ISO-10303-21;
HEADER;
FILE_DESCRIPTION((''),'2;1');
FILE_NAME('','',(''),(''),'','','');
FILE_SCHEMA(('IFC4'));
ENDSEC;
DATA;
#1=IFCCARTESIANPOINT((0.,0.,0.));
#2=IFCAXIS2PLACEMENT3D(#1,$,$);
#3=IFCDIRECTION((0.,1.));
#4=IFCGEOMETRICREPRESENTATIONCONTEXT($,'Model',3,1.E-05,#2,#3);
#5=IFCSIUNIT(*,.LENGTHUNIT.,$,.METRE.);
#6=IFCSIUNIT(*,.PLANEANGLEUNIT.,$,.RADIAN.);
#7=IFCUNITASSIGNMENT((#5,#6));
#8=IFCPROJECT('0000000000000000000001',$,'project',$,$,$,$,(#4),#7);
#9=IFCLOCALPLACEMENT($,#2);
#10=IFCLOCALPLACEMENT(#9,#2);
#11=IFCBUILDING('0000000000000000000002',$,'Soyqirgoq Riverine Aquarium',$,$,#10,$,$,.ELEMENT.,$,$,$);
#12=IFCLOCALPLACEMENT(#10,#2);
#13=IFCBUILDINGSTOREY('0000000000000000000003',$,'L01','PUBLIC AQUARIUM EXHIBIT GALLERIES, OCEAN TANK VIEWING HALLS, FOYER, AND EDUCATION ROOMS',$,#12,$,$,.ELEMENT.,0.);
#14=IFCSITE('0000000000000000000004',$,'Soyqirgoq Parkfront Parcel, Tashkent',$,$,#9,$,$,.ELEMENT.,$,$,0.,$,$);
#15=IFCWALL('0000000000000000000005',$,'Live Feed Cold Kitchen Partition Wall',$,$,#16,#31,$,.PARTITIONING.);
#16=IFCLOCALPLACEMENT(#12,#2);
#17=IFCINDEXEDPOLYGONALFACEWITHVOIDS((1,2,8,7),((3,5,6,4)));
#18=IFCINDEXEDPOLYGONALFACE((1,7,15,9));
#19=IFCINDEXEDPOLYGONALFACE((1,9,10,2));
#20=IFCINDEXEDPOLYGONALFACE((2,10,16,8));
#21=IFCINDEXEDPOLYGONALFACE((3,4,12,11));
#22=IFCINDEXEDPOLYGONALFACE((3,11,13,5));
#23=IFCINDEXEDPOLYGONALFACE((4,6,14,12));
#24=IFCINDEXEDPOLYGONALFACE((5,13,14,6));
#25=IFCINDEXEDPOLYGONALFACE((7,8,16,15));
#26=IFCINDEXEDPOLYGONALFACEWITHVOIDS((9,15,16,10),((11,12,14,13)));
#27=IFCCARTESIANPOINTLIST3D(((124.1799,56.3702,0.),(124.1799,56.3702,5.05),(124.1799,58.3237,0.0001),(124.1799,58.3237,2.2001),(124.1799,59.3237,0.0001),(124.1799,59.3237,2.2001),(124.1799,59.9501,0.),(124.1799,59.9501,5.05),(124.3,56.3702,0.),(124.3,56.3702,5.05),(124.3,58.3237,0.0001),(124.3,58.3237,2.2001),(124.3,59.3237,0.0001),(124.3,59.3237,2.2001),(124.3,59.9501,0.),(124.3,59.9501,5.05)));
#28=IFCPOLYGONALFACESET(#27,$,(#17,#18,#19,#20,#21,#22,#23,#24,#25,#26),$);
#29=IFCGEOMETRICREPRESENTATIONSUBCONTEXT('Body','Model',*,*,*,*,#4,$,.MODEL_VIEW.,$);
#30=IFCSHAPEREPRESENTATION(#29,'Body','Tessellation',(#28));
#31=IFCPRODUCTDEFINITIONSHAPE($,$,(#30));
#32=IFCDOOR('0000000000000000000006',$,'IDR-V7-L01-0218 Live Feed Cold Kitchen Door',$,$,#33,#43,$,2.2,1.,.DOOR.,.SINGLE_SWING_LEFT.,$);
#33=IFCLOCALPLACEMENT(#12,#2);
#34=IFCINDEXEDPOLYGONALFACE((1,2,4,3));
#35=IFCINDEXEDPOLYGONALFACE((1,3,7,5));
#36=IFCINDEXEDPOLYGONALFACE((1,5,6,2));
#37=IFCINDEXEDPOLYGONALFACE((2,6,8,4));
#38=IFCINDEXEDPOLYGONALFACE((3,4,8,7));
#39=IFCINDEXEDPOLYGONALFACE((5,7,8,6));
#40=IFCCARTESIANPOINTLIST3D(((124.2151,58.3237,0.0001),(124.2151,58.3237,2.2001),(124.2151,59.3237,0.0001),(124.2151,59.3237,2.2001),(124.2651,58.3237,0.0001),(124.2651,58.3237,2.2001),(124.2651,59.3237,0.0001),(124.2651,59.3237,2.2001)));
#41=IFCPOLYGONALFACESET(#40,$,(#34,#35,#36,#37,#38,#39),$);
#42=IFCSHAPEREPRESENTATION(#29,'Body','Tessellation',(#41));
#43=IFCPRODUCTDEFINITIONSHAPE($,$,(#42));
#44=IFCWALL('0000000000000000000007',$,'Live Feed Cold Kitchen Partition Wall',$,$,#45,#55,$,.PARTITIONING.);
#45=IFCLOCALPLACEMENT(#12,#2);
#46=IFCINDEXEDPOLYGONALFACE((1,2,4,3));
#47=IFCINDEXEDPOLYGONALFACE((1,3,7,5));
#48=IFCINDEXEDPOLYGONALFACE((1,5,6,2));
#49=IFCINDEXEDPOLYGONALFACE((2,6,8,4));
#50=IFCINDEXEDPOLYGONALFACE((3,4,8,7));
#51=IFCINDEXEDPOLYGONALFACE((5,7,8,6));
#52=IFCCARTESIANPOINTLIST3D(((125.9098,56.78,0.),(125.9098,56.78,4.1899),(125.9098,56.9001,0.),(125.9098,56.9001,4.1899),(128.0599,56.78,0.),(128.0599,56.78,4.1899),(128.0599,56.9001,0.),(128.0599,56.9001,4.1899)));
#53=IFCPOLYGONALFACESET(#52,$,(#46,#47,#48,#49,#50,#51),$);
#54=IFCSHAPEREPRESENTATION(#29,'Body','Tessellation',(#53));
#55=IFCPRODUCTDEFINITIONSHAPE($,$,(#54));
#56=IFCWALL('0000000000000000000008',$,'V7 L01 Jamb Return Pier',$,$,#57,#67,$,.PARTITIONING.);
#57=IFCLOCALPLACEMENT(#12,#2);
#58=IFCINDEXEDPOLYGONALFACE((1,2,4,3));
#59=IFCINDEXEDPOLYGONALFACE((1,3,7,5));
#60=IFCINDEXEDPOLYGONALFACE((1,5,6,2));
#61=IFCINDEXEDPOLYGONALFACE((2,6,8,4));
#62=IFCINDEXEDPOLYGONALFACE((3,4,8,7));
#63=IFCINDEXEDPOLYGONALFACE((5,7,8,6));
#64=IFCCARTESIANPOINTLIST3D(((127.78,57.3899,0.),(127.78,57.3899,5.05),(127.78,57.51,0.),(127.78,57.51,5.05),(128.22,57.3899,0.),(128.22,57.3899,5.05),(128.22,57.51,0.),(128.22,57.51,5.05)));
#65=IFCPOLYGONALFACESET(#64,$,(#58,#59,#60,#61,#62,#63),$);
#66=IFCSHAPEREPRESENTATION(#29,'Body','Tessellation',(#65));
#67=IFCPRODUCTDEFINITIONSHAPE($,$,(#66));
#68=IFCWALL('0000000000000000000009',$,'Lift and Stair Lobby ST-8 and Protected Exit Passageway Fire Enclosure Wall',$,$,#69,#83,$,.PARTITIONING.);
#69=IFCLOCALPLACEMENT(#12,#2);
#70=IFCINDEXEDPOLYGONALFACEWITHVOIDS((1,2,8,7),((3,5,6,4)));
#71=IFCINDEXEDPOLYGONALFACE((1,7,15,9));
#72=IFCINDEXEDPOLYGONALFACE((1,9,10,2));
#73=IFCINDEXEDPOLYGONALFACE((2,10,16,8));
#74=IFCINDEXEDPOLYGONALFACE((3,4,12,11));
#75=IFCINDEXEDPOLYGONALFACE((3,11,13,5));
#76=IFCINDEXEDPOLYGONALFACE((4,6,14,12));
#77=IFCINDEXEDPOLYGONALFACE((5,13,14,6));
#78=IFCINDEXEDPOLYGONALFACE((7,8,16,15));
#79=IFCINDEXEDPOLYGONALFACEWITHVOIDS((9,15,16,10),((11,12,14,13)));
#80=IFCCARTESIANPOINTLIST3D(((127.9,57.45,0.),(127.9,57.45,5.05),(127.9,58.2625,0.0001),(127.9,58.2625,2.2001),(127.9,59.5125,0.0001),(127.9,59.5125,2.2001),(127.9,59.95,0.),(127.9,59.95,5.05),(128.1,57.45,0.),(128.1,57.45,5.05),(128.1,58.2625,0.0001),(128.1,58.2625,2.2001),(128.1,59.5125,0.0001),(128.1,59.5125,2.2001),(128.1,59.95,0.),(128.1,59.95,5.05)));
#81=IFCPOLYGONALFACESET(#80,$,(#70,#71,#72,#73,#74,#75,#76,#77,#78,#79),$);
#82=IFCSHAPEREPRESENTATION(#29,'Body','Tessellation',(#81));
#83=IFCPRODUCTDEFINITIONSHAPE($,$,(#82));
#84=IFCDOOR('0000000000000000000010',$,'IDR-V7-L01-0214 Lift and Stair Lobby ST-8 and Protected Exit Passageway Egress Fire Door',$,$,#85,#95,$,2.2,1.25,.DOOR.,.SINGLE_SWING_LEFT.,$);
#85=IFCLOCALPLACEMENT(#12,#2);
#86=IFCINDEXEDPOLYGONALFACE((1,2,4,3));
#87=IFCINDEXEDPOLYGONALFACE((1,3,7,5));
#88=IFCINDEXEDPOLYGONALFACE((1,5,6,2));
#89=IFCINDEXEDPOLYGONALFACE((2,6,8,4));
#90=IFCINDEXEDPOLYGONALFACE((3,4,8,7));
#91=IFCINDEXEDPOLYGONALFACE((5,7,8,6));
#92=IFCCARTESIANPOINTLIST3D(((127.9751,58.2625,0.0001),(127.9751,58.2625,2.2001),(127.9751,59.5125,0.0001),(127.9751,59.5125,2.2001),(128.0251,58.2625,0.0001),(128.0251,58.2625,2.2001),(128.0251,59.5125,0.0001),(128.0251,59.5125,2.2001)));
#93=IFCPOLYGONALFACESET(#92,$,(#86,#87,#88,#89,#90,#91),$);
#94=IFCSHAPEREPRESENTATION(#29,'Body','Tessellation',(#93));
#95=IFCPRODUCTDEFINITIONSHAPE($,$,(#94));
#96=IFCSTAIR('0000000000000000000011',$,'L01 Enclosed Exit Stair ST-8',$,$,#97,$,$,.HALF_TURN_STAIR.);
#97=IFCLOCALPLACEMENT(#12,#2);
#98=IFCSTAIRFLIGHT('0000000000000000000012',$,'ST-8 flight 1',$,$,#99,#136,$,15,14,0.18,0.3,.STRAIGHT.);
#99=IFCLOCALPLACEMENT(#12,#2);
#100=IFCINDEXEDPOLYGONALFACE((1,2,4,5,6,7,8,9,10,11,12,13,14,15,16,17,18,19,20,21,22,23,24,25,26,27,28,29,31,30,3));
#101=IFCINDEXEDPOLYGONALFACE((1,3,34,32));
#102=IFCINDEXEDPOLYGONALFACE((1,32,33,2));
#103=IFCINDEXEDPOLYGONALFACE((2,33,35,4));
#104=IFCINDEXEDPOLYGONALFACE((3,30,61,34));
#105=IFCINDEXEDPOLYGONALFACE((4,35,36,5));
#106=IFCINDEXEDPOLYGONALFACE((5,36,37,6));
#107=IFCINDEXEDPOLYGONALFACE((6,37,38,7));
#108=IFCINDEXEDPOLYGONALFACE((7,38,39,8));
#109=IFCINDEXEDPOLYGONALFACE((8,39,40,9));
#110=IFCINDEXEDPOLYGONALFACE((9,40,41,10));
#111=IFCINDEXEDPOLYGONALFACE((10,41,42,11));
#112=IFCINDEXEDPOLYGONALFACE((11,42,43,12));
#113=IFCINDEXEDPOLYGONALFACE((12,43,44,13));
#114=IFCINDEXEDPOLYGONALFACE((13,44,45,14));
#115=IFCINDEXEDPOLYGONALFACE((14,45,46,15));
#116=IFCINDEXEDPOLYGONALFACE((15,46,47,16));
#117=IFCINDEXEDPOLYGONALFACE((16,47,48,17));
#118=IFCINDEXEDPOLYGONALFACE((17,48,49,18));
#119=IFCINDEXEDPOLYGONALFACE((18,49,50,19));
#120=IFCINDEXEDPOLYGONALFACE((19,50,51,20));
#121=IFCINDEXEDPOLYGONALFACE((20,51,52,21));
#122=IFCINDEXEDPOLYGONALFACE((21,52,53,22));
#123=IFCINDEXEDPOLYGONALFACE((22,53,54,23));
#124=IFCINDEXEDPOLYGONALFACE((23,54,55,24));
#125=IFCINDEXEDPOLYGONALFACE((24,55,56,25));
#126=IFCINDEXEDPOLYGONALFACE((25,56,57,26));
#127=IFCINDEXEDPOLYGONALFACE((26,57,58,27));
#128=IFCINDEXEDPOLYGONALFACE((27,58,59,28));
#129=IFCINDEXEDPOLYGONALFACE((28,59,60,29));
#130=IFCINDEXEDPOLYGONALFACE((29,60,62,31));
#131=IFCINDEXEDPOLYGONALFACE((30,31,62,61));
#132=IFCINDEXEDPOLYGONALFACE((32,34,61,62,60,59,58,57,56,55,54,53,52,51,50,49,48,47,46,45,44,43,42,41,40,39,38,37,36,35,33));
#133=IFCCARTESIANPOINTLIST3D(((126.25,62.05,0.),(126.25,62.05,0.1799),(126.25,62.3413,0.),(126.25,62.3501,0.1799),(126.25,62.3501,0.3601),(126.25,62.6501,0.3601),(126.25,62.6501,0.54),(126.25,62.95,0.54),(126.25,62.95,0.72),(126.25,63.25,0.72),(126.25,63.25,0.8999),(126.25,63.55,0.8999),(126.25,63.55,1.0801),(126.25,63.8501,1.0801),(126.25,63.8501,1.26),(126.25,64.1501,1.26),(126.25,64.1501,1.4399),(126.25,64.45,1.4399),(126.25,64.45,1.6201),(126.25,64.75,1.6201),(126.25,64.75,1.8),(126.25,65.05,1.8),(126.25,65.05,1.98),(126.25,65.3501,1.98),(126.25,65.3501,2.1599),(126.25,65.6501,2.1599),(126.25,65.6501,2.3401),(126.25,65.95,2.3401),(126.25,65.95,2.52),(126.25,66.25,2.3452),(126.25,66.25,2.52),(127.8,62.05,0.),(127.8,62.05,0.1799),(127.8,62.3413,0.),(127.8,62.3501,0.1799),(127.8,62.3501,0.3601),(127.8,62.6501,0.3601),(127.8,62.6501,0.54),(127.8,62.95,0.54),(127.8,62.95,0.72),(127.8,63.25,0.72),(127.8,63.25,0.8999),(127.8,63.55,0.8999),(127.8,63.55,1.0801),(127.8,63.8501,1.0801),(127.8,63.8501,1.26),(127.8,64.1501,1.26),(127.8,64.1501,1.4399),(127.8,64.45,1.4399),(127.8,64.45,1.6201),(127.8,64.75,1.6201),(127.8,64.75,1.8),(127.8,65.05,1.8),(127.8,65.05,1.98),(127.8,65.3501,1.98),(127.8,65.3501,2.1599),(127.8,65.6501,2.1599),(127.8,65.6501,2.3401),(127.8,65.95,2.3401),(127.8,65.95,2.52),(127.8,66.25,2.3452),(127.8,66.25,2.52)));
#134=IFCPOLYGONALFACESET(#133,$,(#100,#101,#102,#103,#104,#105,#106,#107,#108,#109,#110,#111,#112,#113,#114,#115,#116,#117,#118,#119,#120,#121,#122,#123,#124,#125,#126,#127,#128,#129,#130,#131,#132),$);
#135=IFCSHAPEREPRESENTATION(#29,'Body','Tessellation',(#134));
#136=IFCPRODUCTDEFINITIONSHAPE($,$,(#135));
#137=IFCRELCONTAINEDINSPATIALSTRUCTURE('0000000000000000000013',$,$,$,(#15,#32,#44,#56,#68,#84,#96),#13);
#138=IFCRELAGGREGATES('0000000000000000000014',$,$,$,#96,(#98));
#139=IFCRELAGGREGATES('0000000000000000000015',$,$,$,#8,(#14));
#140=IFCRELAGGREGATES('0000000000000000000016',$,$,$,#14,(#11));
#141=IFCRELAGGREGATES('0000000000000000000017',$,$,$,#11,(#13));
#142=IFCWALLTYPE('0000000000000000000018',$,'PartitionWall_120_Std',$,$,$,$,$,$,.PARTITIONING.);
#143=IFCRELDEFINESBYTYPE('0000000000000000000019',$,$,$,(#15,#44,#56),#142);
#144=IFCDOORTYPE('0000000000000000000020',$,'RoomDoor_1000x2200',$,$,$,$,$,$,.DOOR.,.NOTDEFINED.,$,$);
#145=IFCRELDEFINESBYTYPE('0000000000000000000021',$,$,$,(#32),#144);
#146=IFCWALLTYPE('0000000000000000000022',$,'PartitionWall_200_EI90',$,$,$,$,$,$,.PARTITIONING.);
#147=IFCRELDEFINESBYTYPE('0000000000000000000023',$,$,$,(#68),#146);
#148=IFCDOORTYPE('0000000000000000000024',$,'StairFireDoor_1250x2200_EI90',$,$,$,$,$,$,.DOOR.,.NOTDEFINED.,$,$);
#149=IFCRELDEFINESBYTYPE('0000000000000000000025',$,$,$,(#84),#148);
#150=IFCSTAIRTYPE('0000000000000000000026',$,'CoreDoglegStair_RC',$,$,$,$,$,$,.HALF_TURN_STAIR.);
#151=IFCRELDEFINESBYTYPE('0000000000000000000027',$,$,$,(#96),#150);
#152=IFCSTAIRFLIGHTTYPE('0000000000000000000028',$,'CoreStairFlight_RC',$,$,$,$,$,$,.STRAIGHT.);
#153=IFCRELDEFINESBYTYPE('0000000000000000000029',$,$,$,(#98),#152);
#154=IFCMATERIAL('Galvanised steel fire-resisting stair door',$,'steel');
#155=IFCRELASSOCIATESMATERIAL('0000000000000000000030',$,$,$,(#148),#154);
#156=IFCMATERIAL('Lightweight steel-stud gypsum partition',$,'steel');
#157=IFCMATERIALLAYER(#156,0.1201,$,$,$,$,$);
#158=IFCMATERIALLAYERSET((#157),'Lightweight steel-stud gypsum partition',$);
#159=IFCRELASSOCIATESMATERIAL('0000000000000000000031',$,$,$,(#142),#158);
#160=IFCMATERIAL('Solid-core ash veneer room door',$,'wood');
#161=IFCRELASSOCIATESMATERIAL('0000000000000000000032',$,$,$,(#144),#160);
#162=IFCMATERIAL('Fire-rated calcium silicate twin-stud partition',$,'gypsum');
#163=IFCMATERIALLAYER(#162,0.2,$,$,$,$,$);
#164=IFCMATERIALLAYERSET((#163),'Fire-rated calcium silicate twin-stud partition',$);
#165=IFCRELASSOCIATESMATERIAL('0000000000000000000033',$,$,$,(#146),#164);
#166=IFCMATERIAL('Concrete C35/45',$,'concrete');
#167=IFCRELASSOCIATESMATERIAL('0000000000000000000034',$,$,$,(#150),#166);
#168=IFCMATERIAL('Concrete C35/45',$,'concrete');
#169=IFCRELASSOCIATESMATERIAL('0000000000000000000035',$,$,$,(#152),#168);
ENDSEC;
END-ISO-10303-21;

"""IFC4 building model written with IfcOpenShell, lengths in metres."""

from ifc_helpers import new_model, si_unit, direction, frame, frame_2d, origin, place, context, subcontext, project, spatial, polyline, rectangle, outline, extrude, material, layer, layer_set, type_object, element, fill, aggregate, save


model = new_model("IFC4")

# Units and contexts
model_context = context("Model", 3, precision=1e-05, world=origin(), true_north=direction((0.0, 1.0)))
body_context = subcontext(model_context, "Body", "Model", "MODEL_VIEW")
ifc_project = project(units=[si_unit("LENGTHUNIT", "METRE"), si_unit("PLANEANGLEUNIT", "RADIAN")], contexts=[model_context])

# Site, building, storey
site_placement = place(None, origin())
site = spatial("IfcSite", under=ifc_project, at=site_placement, Name="Soyqirgoq Parkfront Parcel, Tashkent", CompositionType="ELEMENT", RefElevation=0.0)
building_placement = place(site_placement, origin())
building = spatial("IfcBuilding", under=site, at=building_placement, Name="Soyqirgoq Riverine Aquarium", CompositionType="ELEMENT")
storey_placement = place(building_placement, origin())
storey = spatial("IfcBuildingStorey", under=building, at=storey_placement, Name="L01", Description="PUBLIC AQUARIUM EXHIBIT GALLERIES, OCEAN TANK VIEWING HALLS, FOYER, AND EDUCATION ROOMS", CompositionType="ELEMENT", Elevation=0.0)

# Shared definitions
ifc_material_1 = material(Name="Galvanised steel fire-resisting stair door", Category="steel")
door_type_1 = type_object("IfcDoorType", Name="StairFireDoor_1250x2200_EI90", OperationType="NOTDEFINED", PredefinedType="DOOR", material=ifc_material_1)

# Wall, opening, door
ifc_material_2 = material(Name="Lightweight steel-stud gypsum partition", Category="steel")
ifc_layer_1 = layer(ifc_material_2, 0.1201)
ifc_layer_set_1 = layer_set([ifc_layer_1], Name="Lightweight steel-stud gypsum partition")
wall_type_1 = type_object("IfcWallType", Name="PartitionWall_120_Std", PredefinedType="PARTITIONING", material=ifc_layer_set_1)
wall_1_placement = place(storey_placement, frame((124.24, 56.3701, 0.0), z_axis=(0.0, 0.0, 1.0), x_axis=(0.0, 1.0, 0.0)))
wall_1 = element("IfcWall", 1, at=wall_1_placement, inside=storey, type_object=wall_type_1, Name="Live Feed Cold Kitchen Partition Wall", PredefinedType="PARTITIONING", context=body_context, shape_type="SweptSolid", body=[
    extrude(rectangle(XDim=3.5798, YDim=0.1201, at=frame_2d((1.79, 0.0))), origin(), (0.0, 0.0, 1.0), 5.05),
])
opening_1_placement = place(wall_1_placement, frame((1.9536, 0.0, 0.0)))
opening_1 = element("IfcOpeningElement", 2, at=opening_1_placement, cuts=wall_1, PredefinedType="OPENING", context=body_context, shape_type="SweptSolid", body=[
    extrude(rectangle(XDim=1.0, YDim=2.2, at=frame_2d((0.5, 1.1001))), frame((0.0, 0.0701, 0.0), z_axis=(0.0, -1.0, 0.0), x_axis=(1.0, 0.0, 0.0)), (0.0, 0.0, 1.0), 0.1401),
])
ifc_material_3 = material(Name="Solid-core ash veneer room door", Category="wood")
door_type_2 = type_object("IfcDoorType", Name="RoomDoor_1000x2200", OperationType="NOTDEFINED", PredefinedType="DOOR", material=ifc_material_3)
door_1_placement = place(opening_1_placement, origin())
door_1 = element("IfcDoor", 3, at=door_1_placement, inside=storey, type_object=door_type_2, Name="IDR-V7-L01-0218 Live Feed Cold Kitchen Door", OperationType="SINGLE_SWING_LEFT", OverallHeight=2.2, OverallWidth=1.0, PredefinedType="DOOR", context=body_context, shape_type="SweptSolid", body=[
    extrude(rectangle(XDim=1.0, YDim=2.2, at=frame_2d((0.5, 1.1001))), frame((0.0, 0.0249, 0.0), z_axis=(0.0, -1.0, 0.0), x_axis=(1.0, 0.0, 0.0)), (0.0, 0.0, 1.0), 0.05),
])
fill(opening_1, door_1)

# Walls
wall_2_placement = place(storey_placement, frame((128.0601, 56.8401, 0.0), z_axis=(0.0, 0.0, 1.0), x_axis=(-1.0, 0.0, 0.0)))
element("IfcWall", 4, at=wall_2_placement, inside=storey, type_object=wall_type_1, Name="Live Feed Cold Kitchen Partition Wall", PredefinedType="PARTITIONING", context=body_context, shape_type="SweptSolid", body=[
    extrude(rectangle(XDim=2.1501, YDim=0.1201, at=frame_2d((1.0752, 0.0))), origin(), (0.0, 0.0, 1.0), 4.1899),
])
wall_3_placement = place(storey_placement, frame((128.22, 57.45, 0.0), z_axis=(0.0, 0.0, 1.0), x_axis=(-1.0, 0.0, 0.0)))
element("IfcWall", 5, at=wall_3_placement, inside=storey, type_object=wall_type_1, Name="V7 L01 Jamb Return Pier", PredefinedType="PARTITIONING", context=body_context, shape_type="SweptSolid", body=[
    extrude(rectangle(XDim=0.4399, YDim=0.1201, at=frame_2d((0.22, 0.0))), origin(), (0.0, 0.0, 1.0), 5.05),
])

# Wall, opening, door
ifc_material_4 = material(Name="Fire-rated calcium silicate twin-stud partition", Category="gypsum")
ifc_layer_2 = layer(ifc_material_4, 0.2)
ifc_layer_set_2 = layer_set([ifc_layer_2], Name="Fire-rated calcium silicate twin-stud partition")
wall_type_2 = type_object("IfcWallType", Name="PartitionWall_200_EI90", PredefinedType="PARTITIONING", material=ifc_layer_set_2)
wall_4_placement = place(storey_placement, frame((128.0, 57.45, 0.0), z_axis=(0.0, 0.0, 1.0), x_axis=(0.0, 1.0, 0.0)))
wall_4 = element("IfcWall", 6, at=wall_4_placement, inside=storey, type_object=wall_type_2, Name="Lift and Stair Lobby ST-8 and Protected Exit Passageway Fire Enclosure Wall", PredefinedType="PARTITIONING", context=body_context, shape_type="SweptSolid", body=[
    extrude(rectangle(XDim=2.5, YDim=0.2, at=frame_2d((1.25, 0.0))), origin(), (0.0, 0.0, 1.0), 5.05),
])
opening_2_placement = place(wall_4_placement, frame((0.8125, 0.0, 0.0)))
opening_2 = element("IfcOpeningElement", 7, at=opening_2_placement, cuts=wall_4, PredefinedType="OPENING", context=body_context, shape_type="SweptSolid", body=[
    extrude(rectangle(XDim=1.25, YDim=2.2, at=frame_2d((0.625, 1.1001))), frame((0.0, 0.1099, 0.0), z_axis=(0.0, -1.0, 0.0), x_axis=(1.0, 0.0, 0.0)), (0.0, 0.0, 1.0), 0.22),
])
door_2_placement = place(opening_2_placement, origin())
door_2 = element("IfcDoor", 8, at=door_2_placement, inside=storey, type_object=door_type_1, Name="IDR-V7-L01-0214 Lift and Stair Lobby ST-8 and Protected Exit Passageway Egress Fire Door", OperationType="SINGLE_SWING_LEFT", OverallHeight=2.2, OverallWidth=1.25, PredefinedType="DOOR", context=body_context, shape_type="SweptSolid", body=[
    extrude(rectangle(XDim=1.25, YDim=2.2, at=frame_2d((0.625, 1.1001))), frame((0.0, 0.0249, 0.0), z_axis=(0.0, -1.0, 0.0), x_axis=(1.0, 0.0, 0.0)), (0.0, 0.0, 1.0), 0.05),
])
fill(opening_2, door_2)

# Stair, stair flight
ifc_material_5 = material(Name="Concrete C35/45", Category="concrete")
stair_type = type_object("IfcStairType", Name="CoreDoglegStair_RC", PredefinedType="HALF_TURN_STAIR", material=ifc_material_5)
stair_placement = place(storey_placement, origin())
stair = element("IfcStair", 9, at=stair_placement, inside=storey, type_object=stair_type, Name="L01 Enclosed Exit Stair ST-8", PredefinedType="HALF_TURN_STAIR")
ifc_material_6 = material(Name="Concrete C35/45", Category="concrete")
stair_flight_type = type_object("IfcStairFlightType", Name="CoreStairFlight_RC", PredefinedType="STRAIGHT", material=ifc_material_6)
stair_flight_placement = place(storey_placement, frame((127.0249, 62.05, 0.0), z_axis=(0.0, 0.0, 1.0), x_axis=(0.0, 1.0, 0.0)))
stair_flight = element("IfcStairFlight", 10, at=stair_flight_placement, type_object=stair_flight_type, Name="ST-8 flight 1", NumberOfRisers=15, NumberOfTreads=14, PredefinedType="STRAIGHT", RiserHeight=0.18, TreadLength=0.3, context=body_context, shape_type="SweptSolid", body=[
    extrude(outline(polyline([(0.0, 0.0), (0.0, 0.1799), (0.3, 0.1799), (0.3, 0.3601), (0.6001, 0.3601), (0.6001, 0.54), (0.8999, 0.54), (0.8999, 0.72), (1.2, 0.72), (1.2, 0.8999), (1.5, 0.8999), (1.5, 1.0801), (1.8, 1.0801), (1.8, 1.26), (2.1001, 1.26), (2.1001, 1.4399), (2.3999, 1.4399), (2.3999, 1.6201), (2.7, 1.6201), (2.7, 1.8), (3.0, 1.8), (3.0, 1.98), (3.3, 1.98), (3.3, 2.1599), (3.6001, 2.1599), (3.6001, 2.3401), (3.8999, 2.3401), (3.8999, 2.52), (4.2, 2.52), (4.2, 2.7), (4.2, 2.3452), (0.2913, 0.0), (0.0, 0.0)])), frame((0.0, 0.7749, 0.0), z_axis=(0.0, -1.0, 0.0), x_axis=(1.0, 0.0, 0.0)), (0.0, 0.0, 1.0), 1.55),
])
aggregate(stair, [stair_flight])

save(model, "model.ifc")
